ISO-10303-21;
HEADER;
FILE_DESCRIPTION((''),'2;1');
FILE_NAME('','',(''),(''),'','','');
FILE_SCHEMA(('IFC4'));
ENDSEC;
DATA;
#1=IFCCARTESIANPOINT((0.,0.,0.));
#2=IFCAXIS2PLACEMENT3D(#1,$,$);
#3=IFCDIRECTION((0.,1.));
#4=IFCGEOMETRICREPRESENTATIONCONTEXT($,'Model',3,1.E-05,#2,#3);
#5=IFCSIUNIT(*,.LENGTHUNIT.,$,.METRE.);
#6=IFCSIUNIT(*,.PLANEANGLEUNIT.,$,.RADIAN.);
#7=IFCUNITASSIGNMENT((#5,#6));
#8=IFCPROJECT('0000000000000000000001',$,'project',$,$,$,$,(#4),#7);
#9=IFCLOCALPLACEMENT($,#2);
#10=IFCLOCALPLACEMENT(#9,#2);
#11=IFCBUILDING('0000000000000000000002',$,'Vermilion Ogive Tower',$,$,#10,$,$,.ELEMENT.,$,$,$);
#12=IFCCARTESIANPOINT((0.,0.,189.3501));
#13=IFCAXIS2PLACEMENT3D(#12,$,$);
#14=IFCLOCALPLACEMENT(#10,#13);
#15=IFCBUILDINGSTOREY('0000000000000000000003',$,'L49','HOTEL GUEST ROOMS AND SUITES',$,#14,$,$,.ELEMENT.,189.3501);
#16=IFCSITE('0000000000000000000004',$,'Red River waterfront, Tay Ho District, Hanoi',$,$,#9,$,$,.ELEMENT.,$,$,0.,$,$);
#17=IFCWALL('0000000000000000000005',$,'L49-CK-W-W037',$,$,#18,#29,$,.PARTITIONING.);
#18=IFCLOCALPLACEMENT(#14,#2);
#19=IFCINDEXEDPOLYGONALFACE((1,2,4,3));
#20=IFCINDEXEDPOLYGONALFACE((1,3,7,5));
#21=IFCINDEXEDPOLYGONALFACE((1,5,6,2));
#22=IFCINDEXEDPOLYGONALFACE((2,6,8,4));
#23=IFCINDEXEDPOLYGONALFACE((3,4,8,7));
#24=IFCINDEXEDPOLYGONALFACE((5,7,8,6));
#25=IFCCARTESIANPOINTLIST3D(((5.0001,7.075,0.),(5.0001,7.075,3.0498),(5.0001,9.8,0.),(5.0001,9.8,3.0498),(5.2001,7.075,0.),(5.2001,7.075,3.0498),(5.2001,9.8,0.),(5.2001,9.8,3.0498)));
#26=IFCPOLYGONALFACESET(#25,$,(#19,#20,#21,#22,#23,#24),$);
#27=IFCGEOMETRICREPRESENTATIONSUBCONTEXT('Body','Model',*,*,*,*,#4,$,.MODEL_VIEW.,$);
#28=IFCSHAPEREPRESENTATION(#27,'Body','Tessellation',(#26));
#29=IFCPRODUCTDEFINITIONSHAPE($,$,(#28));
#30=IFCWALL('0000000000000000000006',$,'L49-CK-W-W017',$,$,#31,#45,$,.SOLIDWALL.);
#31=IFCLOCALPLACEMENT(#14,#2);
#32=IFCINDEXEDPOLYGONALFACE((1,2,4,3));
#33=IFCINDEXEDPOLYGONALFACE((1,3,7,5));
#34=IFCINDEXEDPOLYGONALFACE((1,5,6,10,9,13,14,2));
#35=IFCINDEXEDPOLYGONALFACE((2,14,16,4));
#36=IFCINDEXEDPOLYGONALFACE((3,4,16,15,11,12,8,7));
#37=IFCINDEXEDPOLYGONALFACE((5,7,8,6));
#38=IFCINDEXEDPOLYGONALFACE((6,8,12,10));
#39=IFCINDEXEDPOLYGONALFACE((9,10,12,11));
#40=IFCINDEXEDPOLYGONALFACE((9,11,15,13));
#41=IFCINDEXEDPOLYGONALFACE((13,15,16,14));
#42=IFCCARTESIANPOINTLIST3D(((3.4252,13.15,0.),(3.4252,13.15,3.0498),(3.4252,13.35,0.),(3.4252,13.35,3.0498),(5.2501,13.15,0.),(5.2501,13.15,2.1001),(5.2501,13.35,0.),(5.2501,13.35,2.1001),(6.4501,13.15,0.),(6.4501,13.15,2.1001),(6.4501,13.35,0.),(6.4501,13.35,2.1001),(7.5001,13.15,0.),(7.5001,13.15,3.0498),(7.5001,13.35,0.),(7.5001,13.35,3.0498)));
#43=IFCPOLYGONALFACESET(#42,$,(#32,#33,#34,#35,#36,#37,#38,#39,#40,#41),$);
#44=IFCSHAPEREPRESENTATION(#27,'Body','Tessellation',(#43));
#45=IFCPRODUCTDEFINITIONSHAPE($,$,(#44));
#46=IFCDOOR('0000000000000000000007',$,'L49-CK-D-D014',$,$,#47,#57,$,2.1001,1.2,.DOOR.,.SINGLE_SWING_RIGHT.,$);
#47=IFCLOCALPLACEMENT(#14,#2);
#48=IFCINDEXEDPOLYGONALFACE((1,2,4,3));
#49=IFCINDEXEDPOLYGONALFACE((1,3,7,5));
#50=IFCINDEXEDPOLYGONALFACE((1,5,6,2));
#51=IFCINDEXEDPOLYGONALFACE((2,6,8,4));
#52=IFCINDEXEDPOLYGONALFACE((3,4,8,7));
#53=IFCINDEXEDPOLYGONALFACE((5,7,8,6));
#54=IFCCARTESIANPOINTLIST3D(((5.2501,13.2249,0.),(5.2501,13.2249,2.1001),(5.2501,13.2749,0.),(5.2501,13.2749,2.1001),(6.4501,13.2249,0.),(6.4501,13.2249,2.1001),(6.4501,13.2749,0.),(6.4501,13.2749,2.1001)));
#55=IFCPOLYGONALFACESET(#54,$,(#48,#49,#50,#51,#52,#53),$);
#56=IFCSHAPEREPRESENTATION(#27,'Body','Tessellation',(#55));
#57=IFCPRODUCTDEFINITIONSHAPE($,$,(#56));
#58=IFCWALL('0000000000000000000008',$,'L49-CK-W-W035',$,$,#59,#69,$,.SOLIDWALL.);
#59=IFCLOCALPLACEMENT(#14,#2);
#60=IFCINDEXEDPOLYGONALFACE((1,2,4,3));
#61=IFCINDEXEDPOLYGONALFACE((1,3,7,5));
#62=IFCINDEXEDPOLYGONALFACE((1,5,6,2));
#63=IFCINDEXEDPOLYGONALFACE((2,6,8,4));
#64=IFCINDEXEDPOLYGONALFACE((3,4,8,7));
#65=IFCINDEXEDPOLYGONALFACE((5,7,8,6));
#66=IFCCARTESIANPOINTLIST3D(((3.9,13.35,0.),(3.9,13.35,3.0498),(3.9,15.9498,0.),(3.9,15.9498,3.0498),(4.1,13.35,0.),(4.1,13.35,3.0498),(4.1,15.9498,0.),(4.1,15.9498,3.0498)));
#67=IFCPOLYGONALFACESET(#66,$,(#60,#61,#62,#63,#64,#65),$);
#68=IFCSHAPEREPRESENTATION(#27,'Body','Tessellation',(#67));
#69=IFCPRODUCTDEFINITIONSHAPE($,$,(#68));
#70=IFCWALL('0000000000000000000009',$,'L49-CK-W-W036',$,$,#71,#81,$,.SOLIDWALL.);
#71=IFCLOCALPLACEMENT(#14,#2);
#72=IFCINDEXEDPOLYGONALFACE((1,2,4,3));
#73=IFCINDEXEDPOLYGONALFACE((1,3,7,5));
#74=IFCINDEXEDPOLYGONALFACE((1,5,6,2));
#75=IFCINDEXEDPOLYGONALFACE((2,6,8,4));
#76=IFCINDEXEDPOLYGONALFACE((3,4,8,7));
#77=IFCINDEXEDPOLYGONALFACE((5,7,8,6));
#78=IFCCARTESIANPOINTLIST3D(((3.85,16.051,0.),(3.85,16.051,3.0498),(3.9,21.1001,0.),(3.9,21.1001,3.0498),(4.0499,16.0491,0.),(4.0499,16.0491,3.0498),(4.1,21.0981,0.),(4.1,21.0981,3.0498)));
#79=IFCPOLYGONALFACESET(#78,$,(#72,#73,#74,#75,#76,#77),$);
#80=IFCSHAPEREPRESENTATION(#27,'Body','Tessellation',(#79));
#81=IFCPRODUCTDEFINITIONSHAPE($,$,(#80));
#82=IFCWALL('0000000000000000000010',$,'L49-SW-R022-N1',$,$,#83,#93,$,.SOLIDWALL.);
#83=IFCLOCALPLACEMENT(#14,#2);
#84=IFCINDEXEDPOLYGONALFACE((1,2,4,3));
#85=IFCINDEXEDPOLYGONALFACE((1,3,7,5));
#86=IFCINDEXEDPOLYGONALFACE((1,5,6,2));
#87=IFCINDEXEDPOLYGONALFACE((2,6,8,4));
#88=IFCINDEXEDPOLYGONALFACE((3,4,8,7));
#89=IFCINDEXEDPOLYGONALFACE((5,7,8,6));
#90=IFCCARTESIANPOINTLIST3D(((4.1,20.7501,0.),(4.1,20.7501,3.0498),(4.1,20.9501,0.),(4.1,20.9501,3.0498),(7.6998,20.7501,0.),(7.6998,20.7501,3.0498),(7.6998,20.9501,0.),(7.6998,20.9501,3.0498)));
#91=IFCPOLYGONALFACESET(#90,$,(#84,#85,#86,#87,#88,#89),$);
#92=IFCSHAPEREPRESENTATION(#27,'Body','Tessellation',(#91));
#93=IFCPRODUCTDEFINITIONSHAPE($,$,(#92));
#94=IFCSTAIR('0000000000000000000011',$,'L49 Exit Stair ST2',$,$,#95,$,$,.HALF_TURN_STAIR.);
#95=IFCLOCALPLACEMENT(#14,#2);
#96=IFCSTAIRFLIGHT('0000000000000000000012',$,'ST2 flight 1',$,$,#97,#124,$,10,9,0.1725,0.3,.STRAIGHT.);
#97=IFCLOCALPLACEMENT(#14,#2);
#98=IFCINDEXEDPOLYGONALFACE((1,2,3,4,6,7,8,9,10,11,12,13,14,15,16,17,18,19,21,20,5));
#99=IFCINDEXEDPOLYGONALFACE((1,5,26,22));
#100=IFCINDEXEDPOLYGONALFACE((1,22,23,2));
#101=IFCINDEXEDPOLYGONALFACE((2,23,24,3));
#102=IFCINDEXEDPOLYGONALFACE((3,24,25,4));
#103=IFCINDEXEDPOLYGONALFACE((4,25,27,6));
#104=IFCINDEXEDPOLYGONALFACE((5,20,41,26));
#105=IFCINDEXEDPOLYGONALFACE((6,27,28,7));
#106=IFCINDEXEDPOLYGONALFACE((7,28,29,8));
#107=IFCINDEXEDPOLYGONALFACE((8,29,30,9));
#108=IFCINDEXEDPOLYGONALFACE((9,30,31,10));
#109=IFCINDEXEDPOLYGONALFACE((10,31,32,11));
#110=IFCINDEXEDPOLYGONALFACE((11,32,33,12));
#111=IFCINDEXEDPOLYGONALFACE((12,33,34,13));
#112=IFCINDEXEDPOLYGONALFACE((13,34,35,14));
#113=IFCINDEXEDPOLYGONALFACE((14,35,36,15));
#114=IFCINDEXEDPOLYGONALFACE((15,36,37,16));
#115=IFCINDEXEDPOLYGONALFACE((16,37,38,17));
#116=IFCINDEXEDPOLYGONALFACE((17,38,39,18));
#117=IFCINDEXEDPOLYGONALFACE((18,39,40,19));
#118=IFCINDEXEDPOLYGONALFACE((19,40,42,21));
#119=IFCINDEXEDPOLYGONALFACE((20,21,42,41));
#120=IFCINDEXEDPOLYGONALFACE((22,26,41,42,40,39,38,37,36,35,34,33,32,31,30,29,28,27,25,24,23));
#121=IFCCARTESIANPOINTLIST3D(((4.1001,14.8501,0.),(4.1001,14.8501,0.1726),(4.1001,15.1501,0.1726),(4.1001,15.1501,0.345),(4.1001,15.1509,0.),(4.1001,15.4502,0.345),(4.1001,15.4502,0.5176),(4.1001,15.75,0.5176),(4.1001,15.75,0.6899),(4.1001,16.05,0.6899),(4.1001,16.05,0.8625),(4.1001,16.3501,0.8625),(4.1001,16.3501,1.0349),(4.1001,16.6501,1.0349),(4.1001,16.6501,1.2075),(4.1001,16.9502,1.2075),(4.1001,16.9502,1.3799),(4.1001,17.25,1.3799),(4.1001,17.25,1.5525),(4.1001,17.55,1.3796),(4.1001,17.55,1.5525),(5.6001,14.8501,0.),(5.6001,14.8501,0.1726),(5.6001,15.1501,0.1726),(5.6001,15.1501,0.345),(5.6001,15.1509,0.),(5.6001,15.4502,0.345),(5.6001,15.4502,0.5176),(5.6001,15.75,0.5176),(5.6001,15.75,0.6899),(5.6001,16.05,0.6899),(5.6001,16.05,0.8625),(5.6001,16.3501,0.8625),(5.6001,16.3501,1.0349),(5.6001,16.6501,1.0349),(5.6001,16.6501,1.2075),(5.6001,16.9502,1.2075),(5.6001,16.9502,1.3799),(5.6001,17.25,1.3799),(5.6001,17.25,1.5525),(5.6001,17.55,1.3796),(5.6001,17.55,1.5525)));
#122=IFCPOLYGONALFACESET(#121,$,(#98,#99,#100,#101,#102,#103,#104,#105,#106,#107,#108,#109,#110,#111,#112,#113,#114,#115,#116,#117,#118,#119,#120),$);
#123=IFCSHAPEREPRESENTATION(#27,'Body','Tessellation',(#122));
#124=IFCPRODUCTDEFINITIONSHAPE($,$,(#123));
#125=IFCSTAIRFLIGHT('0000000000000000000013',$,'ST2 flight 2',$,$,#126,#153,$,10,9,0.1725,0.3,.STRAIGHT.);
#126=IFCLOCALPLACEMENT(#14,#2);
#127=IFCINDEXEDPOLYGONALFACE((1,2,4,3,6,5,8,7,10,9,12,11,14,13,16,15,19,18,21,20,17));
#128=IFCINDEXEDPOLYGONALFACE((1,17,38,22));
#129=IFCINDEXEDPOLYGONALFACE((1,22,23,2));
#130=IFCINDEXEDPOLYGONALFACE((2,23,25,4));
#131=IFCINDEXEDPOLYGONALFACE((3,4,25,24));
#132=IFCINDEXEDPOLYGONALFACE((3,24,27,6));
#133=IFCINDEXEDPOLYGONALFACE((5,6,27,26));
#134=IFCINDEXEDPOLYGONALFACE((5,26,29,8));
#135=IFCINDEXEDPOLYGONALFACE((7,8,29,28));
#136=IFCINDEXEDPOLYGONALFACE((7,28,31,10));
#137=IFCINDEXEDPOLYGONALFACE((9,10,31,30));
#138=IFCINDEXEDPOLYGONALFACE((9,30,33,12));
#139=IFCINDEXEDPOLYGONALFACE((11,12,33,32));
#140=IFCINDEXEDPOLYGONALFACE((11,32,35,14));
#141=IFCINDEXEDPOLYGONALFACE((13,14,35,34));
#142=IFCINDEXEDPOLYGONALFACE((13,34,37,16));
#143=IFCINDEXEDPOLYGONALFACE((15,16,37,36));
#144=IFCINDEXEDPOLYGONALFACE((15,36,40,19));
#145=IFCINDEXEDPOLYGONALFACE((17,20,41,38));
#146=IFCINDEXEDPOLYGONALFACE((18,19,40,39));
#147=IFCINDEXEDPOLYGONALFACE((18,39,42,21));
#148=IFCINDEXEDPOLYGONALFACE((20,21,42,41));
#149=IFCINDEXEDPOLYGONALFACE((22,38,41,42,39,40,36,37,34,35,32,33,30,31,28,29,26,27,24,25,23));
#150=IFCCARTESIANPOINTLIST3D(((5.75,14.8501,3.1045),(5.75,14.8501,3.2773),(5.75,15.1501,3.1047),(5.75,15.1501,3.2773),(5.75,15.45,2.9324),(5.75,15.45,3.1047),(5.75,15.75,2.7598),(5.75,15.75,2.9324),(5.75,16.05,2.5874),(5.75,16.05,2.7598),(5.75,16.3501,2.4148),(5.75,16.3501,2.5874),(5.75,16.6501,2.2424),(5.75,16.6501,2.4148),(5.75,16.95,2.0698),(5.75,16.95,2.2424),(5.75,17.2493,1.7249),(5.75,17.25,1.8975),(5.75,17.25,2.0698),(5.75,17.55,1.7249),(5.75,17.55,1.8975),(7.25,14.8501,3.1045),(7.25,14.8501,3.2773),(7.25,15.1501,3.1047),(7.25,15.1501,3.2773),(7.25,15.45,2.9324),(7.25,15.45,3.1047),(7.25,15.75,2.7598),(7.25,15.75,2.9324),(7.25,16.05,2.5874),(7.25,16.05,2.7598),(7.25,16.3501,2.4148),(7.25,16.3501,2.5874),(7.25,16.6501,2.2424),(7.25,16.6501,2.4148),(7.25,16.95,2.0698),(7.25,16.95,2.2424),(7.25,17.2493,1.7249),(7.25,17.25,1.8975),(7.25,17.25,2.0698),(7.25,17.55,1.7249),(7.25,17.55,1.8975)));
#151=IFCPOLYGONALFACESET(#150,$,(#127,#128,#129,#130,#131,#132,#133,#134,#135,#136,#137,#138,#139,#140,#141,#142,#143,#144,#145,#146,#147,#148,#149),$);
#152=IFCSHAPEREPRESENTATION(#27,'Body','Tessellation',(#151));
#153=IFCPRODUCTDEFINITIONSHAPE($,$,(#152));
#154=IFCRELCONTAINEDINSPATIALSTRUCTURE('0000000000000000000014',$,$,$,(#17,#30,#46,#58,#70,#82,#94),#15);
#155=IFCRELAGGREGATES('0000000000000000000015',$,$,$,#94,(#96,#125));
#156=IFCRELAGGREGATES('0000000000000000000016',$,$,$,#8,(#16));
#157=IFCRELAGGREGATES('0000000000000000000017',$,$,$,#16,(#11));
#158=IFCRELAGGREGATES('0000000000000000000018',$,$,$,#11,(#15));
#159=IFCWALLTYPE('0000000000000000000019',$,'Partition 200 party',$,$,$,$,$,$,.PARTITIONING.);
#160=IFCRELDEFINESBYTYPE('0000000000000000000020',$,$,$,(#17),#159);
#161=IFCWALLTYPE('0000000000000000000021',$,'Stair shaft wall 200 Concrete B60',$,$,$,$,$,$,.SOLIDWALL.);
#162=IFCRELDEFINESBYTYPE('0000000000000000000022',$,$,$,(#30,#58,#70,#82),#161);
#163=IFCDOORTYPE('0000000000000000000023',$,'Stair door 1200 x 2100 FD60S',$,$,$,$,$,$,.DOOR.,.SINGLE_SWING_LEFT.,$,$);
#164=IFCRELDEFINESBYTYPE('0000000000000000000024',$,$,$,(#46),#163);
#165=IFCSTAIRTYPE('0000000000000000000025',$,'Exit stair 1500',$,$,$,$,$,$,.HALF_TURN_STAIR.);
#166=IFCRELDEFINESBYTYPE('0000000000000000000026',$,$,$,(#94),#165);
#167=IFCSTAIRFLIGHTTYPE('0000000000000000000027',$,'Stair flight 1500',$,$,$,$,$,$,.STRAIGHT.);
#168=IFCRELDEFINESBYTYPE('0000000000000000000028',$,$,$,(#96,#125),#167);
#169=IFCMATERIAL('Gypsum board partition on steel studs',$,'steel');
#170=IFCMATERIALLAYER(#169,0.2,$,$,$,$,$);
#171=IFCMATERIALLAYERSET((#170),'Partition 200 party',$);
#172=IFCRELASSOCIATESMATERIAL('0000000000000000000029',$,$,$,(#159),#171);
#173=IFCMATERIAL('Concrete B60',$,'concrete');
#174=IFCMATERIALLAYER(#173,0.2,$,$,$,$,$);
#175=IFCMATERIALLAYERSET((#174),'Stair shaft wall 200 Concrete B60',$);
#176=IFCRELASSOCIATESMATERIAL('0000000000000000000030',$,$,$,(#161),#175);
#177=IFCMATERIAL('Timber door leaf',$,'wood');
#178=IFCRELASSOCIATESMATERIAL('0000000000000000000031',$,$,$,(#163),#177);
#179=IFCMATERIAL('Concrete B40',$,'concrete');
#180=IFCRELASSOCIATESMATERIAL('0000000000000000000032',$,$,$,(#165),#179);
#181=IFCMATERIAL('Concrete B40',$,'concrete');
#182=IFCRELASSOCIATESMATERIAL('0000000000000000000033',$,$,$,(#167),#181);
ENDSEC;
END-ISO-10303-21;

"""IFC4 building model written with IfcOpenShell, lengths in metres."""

from ifc_helpers import new_model, si_unit, direction, frame, frame_2d, origin, place, context, subcontext, project, spatial, polyline, rectangle, outline, extrude, material, layer, layer_set, type_object, element, fill, aggregate, save


model = new_model("IFC4")

# Units and contexts
model_context = context("Model", 3, precision=1e-05, world=origin(), true_north=direction((0.0, 1.0)))
body_context = subcontext(model_context, "Body", "Model", "MODEL_VIEW")
ifc_project = project(units=[si_unit("LENGTHUNIT", "METRE"), si_unit("PLANEANGLEUNIT", "RADIAN")], contexts=[model_context])

# Site, building, storey
site_placement = place(None, origin())
site = spatial("IfcSite", under=ifc_project, at=site_placement, Name="Red River waterfront, Tay Ho District, Hanoi", CompositionType="ELEMENT", RefElevation=0.0)
building_placement = place(site_placement, origin())
building = spatial("IfcBuilding", under=site, at=building_placement, Name="Vermilion Ogive Tower", CompositionType="ELEMENT")
storey_placement = place(building_placement, frame((0.0, 0.0, 189.3501)))
storey = spatial("IfcBuildingStorey", under=building, at=storey_placement, Name="L49", Description="HOTEL GUEST ROOMS AND SUITES", CompositionType="ELEMENT", Elevation=189.3501)

# Shared definitions
ifc_material_1 = material(Name="Gypsum board partition on steel studs", Category="steel")
ifc_layer_1 = layer(ifc_material_1, 0.2)
ifc_layer_set_1 = layer_set([ifc_layer_1], Name="Partition 200 party")
wall_type_1 = type_object("IfcWallType", Name="Partition 200 party", PredefinedType="PARTITIONING", material=ifc_layer_set_1)

# Wall
wall_1_placement = place(storey_placement, frame((5.1001, 7.075, 0.0), z_axis=(0.0, 0.0, 1.0), x_axis=(0.0, 1.0, 0.0)))
element("IfcWall", 1, at=wall_1_placement, inside=storey, type_object=wall_type_1, Name="L49-CK-W-W037", PredefinedType="PARTITIONING", context=body_context, shape_type="SweptSolid", body=[
    extrude(rectangle(XDim=2.7251, YDim=0.2, at=frame_2d((1.3625, 0.0))), origin(), (0.0, 0.0, 1.0), 3.0498),
])

# Wall, opening, door
ifc_material_2 = material(Name="Concrete B60", Category="concrete")
ifc_layer_2 = layer(ifc_material_2, 0.2)
ifc_layer_set_2 = layer_set([ifc_layer_2], Name="Stair shaft wall 200 Concrete B60")
wall_type_2 = type_object("IfcWallType", Name="Stair shaft wall 200 Concrete B60", PredefinedType="SOLIDWALL", material=ifc_layer_set_2)
wall_2_placement = place(storey_placement, frame((3.425, 13.25, 0.0), z_axis=(0.0, 0.0, 1.0), x_axis=(1.0, 0.0, 0.0)))
wall_2 = element("IfcWall", 2, at=wall_2_placement, inside=storey, type_object=wall_type_2, Name="L49-CK-W-W017", PredefinedType="SOLIDWALL", context=body_context, shape_type="SweptSolid", body=[
    extrude(rectangle(XDim=4.075, YDim=0.2, at=frame_2d((2.0376, 0.0))), origin(), (0.0, 0.0, 1.0), 3.0498),
])
opening_1_placement = place(wall_2_placement, frame((1.825, 0.0, 0.0)))
opening_1 = element("IfcOpeningElement", 3, at=opening_1_placement, cuts=wall_2, PredefinedType="OPENING", context=body_context, shape_type="SweptSolid", body=[
    extrude(rectangle(XDim=1.2, YDim=2.1001, at=frame_2d((0.6001, 1.05))), frame((0.0, 0.1099, 0.0), z_axis=(0.0, -1.0, 0.0), x_axis=(1.0, 0.0, 0.0)), (0.0, 0.0, 1.0), 0.22),
])
ifc_material_3 = material(Name="Timber door leaf", Category="wood")
door_type_1 = type_object("IfcDoorType", Name="Stair door 1200 x 2100 FD60S", OperationType="SINGLE_SWING_LEFT", PredefinedType="DOOR", material=ifc_material_3)
door_1_placement = place(opening_1_placement, origin())
door_1 = element("IfcDoor", 4, at=door_1_placement, inside=storey, type_object=door_type_1, Name="L49-CK-D-D014", OperationType="SINGLE_SWING_RIGHT", OverallHeight=2.1001, OverallWidth=1.2, PredefinedType="DOOR", context=body_context, shape_type="SweptSolid", body=[
    extrude(rectangle(XDim=1.2, YDim=2.1001, at=frame_2d((0.6001, 1.05))), frame((0.0, 0.0249, 0.0), z_axis=(0.0, -1.0, 0.0), x_axis=(1.0, 0.0, 0.0)), (0.0, 0.0, 1.0), 0.05),
])
fill(opening_1, door_1)

# Walls
wall_3_placement = place(storey_placement, frame((4.0, 13.3501, 0.0), z_axis=(0.0, 0.0, 1.0), x_axis=(0.0, 1.0, 0.0)))
element("IfcWall", 5, at=wall_3_placement, inside=storey, type_object=wall_type_2, Name="L49-CK-W-W035", PredefinedType="SOLIDWALL", context=body_context, shape_type="SweptSolid", body=[
    extrude(rectangle(XDim=2.5999, YDim=0.2, at=frame_2d((1.2998, 0.0))), origin(), (0.0, 0.0, 1.0), 3.0498),
])
wall_4_placement = place(storey_placement, frame((3.95, 16.05, 0.0), z_axis=(0.0, 0.0, 1.0), x_axis=(0.009912, 0.999951, 0.0)))
element("IfcWall", 6, at=wall_4_placement, inside=storey, type_object=wall_type_2, Name="L49-CK-W-W036", PredefinedType="SOLIDWALL", context=body_context, shape_type="SweptSolid", body=[
    extrude(rectangle(XDim=5.0493, YDim=0.2, at=frame_2d((2.5247, 0.0))), origin(), (0.0, 0.0, 1.0), 3.0498),
])
wall_5_placement = place(storey_placement, frame((4.1001, 20.8501, 0.0), z_axis=(0.0, 0.0, 1.0), x_axis=(1.0, 0.0, 0.0)))
element("IfcWall", 7, at=wall_5_placement, inside=storey, type_object=wall_type_2, Name="L49-SW-R022-N1", PredefinedType="SOLIDWALL", context=body_context, shape_type="SweptSolid", body=[
    extrude(rectangle(XDim=3.5999, YDim=0.2, at=frame_2d((1.7998, 0.0))), origin(), (0.0, 0.0, 1.0), 3.0498),
])

# Stair, stair flights
ifc_material_4 = material(Name="Concrete B40", Category="concrete")
stair_type = type_object("IfcStairType", Name="Exit stair 1500", PredefinedType="HALF_TURN_STAIR", material=ifc_material_4)
stair_placement = place(storey_placement, origin())
stair = element("IfcStair", 8, at=stair_placement, inside=storey, type_object=stair_type, Name="L49 Exit Stair ST2", PredefinedType="HALF_TURN_STAIR")
ifc_material_5 = material(Name="Concrete B40", Category="concrete")
stair_flight_type = type_object("IfcStairFlightType", Name="Stair flight 1500", PredefinedType="STRAIGHT", material=ifc_material_5)
stair_flight_1_placement = place(storey_placement, frame((4.8501, 14.8501, 0.0), z_axis=(0.0, 0.0, 1.0), x_axis=(0.0, 1.0, 0.0)))
stair_flight_1 = element("IfcStairFlight", 9, at=stair_flight_1_placement, type_object=stair_flight_type, Name="ST2 flight 1", NumberOfRisers=10, NumberOfTreads=9, PredefinedType="STRAIGHT", RiserHeight=0.1725, TreadLength=0.3, context=body_context, shape_type="SweptSolid", body=[
    extrude(outline(polyline([(0.0, 0.0), (0.0, 0.1726), (0.3, 0.1726), (0.3, 0.345), (0.6001, 0.345), (0.6001, 0.5176), (0.8999, 0.5176), (0.8999, 0.6899), (1.2, 0.6899), (1.2, 0.8625), (1.5, 0.8625), (1.5, 1.0349), (1.8, 1.0349), (1.8, 1.2075), (2.1001, 1.2075), (2.1001, 1.3799), (2.3999, 1.3799), (2.3999, 1.5525), (2.7, 1.5525), (2.7, 1.7251), (2.7, 1.3796), (0.3008, 0.0), (0.0, 0.0)])), frame((0.0, 0.75, 0.0), z_axis=(0.0, -1.0, 0.0), x_axis=(1.0, 0.0, 0.0)), (0.0, 0.0, 1.0), 1.5),
])
stair_flight_2_placement = place(storey_placement, frame((6.5, 17.55, 1.7249), z_axis=(0.0, 0.0, 1.0), x_axis=(0.0, -1.0, 0.0)))
stair_flight_2 = element("IfcStairFlight", 10, at=stair_flight_2_placement, type_object=stair_flight_type, Name="ST2 flight 2", NumberOfRisers=10, NumberOfTreads=9, PredefinedType="STRAIGHT", RiserHeight=0.1725, TreadLength=0.3, context=body_context, shape_type="SweptSolid", body=[
    extrude(outline(polyline([(0.0, 0.0), (0.0, 0.1726), (0.3, 0.1726), (0.3, 0.345), (0.6001, 0.345), (0.6001, 0.5176), (0.8999, 0.5176), (0.8999, 0.6899), (1.2, 0.6899), (1.2, 0.8625), (1.5, 0.8625), (1.5, 1.0349), (1.8, 1.0349), (1.8, 1.2075), (2.1001, 1.2075), (2.1001, 1.3799), (2.3999, 1.3799), (2.3999, 1.5525), (2.7, 1.5525), (2.7, 1.7251), (2.7, 1.3796), (0.3008, 0.0), (0.0, 0.0)])), frame((0.0, 0.75, 0.0), z_axis=(0.0, -1.0, 0.0), x_axis=(1.0, 0.0, 0.0)), (0.0, 0.0, 1.0), 1.5),
])
aggregate(stair, [stair_flight_1, stair_flight_2])

save(model, "model.ifc")
